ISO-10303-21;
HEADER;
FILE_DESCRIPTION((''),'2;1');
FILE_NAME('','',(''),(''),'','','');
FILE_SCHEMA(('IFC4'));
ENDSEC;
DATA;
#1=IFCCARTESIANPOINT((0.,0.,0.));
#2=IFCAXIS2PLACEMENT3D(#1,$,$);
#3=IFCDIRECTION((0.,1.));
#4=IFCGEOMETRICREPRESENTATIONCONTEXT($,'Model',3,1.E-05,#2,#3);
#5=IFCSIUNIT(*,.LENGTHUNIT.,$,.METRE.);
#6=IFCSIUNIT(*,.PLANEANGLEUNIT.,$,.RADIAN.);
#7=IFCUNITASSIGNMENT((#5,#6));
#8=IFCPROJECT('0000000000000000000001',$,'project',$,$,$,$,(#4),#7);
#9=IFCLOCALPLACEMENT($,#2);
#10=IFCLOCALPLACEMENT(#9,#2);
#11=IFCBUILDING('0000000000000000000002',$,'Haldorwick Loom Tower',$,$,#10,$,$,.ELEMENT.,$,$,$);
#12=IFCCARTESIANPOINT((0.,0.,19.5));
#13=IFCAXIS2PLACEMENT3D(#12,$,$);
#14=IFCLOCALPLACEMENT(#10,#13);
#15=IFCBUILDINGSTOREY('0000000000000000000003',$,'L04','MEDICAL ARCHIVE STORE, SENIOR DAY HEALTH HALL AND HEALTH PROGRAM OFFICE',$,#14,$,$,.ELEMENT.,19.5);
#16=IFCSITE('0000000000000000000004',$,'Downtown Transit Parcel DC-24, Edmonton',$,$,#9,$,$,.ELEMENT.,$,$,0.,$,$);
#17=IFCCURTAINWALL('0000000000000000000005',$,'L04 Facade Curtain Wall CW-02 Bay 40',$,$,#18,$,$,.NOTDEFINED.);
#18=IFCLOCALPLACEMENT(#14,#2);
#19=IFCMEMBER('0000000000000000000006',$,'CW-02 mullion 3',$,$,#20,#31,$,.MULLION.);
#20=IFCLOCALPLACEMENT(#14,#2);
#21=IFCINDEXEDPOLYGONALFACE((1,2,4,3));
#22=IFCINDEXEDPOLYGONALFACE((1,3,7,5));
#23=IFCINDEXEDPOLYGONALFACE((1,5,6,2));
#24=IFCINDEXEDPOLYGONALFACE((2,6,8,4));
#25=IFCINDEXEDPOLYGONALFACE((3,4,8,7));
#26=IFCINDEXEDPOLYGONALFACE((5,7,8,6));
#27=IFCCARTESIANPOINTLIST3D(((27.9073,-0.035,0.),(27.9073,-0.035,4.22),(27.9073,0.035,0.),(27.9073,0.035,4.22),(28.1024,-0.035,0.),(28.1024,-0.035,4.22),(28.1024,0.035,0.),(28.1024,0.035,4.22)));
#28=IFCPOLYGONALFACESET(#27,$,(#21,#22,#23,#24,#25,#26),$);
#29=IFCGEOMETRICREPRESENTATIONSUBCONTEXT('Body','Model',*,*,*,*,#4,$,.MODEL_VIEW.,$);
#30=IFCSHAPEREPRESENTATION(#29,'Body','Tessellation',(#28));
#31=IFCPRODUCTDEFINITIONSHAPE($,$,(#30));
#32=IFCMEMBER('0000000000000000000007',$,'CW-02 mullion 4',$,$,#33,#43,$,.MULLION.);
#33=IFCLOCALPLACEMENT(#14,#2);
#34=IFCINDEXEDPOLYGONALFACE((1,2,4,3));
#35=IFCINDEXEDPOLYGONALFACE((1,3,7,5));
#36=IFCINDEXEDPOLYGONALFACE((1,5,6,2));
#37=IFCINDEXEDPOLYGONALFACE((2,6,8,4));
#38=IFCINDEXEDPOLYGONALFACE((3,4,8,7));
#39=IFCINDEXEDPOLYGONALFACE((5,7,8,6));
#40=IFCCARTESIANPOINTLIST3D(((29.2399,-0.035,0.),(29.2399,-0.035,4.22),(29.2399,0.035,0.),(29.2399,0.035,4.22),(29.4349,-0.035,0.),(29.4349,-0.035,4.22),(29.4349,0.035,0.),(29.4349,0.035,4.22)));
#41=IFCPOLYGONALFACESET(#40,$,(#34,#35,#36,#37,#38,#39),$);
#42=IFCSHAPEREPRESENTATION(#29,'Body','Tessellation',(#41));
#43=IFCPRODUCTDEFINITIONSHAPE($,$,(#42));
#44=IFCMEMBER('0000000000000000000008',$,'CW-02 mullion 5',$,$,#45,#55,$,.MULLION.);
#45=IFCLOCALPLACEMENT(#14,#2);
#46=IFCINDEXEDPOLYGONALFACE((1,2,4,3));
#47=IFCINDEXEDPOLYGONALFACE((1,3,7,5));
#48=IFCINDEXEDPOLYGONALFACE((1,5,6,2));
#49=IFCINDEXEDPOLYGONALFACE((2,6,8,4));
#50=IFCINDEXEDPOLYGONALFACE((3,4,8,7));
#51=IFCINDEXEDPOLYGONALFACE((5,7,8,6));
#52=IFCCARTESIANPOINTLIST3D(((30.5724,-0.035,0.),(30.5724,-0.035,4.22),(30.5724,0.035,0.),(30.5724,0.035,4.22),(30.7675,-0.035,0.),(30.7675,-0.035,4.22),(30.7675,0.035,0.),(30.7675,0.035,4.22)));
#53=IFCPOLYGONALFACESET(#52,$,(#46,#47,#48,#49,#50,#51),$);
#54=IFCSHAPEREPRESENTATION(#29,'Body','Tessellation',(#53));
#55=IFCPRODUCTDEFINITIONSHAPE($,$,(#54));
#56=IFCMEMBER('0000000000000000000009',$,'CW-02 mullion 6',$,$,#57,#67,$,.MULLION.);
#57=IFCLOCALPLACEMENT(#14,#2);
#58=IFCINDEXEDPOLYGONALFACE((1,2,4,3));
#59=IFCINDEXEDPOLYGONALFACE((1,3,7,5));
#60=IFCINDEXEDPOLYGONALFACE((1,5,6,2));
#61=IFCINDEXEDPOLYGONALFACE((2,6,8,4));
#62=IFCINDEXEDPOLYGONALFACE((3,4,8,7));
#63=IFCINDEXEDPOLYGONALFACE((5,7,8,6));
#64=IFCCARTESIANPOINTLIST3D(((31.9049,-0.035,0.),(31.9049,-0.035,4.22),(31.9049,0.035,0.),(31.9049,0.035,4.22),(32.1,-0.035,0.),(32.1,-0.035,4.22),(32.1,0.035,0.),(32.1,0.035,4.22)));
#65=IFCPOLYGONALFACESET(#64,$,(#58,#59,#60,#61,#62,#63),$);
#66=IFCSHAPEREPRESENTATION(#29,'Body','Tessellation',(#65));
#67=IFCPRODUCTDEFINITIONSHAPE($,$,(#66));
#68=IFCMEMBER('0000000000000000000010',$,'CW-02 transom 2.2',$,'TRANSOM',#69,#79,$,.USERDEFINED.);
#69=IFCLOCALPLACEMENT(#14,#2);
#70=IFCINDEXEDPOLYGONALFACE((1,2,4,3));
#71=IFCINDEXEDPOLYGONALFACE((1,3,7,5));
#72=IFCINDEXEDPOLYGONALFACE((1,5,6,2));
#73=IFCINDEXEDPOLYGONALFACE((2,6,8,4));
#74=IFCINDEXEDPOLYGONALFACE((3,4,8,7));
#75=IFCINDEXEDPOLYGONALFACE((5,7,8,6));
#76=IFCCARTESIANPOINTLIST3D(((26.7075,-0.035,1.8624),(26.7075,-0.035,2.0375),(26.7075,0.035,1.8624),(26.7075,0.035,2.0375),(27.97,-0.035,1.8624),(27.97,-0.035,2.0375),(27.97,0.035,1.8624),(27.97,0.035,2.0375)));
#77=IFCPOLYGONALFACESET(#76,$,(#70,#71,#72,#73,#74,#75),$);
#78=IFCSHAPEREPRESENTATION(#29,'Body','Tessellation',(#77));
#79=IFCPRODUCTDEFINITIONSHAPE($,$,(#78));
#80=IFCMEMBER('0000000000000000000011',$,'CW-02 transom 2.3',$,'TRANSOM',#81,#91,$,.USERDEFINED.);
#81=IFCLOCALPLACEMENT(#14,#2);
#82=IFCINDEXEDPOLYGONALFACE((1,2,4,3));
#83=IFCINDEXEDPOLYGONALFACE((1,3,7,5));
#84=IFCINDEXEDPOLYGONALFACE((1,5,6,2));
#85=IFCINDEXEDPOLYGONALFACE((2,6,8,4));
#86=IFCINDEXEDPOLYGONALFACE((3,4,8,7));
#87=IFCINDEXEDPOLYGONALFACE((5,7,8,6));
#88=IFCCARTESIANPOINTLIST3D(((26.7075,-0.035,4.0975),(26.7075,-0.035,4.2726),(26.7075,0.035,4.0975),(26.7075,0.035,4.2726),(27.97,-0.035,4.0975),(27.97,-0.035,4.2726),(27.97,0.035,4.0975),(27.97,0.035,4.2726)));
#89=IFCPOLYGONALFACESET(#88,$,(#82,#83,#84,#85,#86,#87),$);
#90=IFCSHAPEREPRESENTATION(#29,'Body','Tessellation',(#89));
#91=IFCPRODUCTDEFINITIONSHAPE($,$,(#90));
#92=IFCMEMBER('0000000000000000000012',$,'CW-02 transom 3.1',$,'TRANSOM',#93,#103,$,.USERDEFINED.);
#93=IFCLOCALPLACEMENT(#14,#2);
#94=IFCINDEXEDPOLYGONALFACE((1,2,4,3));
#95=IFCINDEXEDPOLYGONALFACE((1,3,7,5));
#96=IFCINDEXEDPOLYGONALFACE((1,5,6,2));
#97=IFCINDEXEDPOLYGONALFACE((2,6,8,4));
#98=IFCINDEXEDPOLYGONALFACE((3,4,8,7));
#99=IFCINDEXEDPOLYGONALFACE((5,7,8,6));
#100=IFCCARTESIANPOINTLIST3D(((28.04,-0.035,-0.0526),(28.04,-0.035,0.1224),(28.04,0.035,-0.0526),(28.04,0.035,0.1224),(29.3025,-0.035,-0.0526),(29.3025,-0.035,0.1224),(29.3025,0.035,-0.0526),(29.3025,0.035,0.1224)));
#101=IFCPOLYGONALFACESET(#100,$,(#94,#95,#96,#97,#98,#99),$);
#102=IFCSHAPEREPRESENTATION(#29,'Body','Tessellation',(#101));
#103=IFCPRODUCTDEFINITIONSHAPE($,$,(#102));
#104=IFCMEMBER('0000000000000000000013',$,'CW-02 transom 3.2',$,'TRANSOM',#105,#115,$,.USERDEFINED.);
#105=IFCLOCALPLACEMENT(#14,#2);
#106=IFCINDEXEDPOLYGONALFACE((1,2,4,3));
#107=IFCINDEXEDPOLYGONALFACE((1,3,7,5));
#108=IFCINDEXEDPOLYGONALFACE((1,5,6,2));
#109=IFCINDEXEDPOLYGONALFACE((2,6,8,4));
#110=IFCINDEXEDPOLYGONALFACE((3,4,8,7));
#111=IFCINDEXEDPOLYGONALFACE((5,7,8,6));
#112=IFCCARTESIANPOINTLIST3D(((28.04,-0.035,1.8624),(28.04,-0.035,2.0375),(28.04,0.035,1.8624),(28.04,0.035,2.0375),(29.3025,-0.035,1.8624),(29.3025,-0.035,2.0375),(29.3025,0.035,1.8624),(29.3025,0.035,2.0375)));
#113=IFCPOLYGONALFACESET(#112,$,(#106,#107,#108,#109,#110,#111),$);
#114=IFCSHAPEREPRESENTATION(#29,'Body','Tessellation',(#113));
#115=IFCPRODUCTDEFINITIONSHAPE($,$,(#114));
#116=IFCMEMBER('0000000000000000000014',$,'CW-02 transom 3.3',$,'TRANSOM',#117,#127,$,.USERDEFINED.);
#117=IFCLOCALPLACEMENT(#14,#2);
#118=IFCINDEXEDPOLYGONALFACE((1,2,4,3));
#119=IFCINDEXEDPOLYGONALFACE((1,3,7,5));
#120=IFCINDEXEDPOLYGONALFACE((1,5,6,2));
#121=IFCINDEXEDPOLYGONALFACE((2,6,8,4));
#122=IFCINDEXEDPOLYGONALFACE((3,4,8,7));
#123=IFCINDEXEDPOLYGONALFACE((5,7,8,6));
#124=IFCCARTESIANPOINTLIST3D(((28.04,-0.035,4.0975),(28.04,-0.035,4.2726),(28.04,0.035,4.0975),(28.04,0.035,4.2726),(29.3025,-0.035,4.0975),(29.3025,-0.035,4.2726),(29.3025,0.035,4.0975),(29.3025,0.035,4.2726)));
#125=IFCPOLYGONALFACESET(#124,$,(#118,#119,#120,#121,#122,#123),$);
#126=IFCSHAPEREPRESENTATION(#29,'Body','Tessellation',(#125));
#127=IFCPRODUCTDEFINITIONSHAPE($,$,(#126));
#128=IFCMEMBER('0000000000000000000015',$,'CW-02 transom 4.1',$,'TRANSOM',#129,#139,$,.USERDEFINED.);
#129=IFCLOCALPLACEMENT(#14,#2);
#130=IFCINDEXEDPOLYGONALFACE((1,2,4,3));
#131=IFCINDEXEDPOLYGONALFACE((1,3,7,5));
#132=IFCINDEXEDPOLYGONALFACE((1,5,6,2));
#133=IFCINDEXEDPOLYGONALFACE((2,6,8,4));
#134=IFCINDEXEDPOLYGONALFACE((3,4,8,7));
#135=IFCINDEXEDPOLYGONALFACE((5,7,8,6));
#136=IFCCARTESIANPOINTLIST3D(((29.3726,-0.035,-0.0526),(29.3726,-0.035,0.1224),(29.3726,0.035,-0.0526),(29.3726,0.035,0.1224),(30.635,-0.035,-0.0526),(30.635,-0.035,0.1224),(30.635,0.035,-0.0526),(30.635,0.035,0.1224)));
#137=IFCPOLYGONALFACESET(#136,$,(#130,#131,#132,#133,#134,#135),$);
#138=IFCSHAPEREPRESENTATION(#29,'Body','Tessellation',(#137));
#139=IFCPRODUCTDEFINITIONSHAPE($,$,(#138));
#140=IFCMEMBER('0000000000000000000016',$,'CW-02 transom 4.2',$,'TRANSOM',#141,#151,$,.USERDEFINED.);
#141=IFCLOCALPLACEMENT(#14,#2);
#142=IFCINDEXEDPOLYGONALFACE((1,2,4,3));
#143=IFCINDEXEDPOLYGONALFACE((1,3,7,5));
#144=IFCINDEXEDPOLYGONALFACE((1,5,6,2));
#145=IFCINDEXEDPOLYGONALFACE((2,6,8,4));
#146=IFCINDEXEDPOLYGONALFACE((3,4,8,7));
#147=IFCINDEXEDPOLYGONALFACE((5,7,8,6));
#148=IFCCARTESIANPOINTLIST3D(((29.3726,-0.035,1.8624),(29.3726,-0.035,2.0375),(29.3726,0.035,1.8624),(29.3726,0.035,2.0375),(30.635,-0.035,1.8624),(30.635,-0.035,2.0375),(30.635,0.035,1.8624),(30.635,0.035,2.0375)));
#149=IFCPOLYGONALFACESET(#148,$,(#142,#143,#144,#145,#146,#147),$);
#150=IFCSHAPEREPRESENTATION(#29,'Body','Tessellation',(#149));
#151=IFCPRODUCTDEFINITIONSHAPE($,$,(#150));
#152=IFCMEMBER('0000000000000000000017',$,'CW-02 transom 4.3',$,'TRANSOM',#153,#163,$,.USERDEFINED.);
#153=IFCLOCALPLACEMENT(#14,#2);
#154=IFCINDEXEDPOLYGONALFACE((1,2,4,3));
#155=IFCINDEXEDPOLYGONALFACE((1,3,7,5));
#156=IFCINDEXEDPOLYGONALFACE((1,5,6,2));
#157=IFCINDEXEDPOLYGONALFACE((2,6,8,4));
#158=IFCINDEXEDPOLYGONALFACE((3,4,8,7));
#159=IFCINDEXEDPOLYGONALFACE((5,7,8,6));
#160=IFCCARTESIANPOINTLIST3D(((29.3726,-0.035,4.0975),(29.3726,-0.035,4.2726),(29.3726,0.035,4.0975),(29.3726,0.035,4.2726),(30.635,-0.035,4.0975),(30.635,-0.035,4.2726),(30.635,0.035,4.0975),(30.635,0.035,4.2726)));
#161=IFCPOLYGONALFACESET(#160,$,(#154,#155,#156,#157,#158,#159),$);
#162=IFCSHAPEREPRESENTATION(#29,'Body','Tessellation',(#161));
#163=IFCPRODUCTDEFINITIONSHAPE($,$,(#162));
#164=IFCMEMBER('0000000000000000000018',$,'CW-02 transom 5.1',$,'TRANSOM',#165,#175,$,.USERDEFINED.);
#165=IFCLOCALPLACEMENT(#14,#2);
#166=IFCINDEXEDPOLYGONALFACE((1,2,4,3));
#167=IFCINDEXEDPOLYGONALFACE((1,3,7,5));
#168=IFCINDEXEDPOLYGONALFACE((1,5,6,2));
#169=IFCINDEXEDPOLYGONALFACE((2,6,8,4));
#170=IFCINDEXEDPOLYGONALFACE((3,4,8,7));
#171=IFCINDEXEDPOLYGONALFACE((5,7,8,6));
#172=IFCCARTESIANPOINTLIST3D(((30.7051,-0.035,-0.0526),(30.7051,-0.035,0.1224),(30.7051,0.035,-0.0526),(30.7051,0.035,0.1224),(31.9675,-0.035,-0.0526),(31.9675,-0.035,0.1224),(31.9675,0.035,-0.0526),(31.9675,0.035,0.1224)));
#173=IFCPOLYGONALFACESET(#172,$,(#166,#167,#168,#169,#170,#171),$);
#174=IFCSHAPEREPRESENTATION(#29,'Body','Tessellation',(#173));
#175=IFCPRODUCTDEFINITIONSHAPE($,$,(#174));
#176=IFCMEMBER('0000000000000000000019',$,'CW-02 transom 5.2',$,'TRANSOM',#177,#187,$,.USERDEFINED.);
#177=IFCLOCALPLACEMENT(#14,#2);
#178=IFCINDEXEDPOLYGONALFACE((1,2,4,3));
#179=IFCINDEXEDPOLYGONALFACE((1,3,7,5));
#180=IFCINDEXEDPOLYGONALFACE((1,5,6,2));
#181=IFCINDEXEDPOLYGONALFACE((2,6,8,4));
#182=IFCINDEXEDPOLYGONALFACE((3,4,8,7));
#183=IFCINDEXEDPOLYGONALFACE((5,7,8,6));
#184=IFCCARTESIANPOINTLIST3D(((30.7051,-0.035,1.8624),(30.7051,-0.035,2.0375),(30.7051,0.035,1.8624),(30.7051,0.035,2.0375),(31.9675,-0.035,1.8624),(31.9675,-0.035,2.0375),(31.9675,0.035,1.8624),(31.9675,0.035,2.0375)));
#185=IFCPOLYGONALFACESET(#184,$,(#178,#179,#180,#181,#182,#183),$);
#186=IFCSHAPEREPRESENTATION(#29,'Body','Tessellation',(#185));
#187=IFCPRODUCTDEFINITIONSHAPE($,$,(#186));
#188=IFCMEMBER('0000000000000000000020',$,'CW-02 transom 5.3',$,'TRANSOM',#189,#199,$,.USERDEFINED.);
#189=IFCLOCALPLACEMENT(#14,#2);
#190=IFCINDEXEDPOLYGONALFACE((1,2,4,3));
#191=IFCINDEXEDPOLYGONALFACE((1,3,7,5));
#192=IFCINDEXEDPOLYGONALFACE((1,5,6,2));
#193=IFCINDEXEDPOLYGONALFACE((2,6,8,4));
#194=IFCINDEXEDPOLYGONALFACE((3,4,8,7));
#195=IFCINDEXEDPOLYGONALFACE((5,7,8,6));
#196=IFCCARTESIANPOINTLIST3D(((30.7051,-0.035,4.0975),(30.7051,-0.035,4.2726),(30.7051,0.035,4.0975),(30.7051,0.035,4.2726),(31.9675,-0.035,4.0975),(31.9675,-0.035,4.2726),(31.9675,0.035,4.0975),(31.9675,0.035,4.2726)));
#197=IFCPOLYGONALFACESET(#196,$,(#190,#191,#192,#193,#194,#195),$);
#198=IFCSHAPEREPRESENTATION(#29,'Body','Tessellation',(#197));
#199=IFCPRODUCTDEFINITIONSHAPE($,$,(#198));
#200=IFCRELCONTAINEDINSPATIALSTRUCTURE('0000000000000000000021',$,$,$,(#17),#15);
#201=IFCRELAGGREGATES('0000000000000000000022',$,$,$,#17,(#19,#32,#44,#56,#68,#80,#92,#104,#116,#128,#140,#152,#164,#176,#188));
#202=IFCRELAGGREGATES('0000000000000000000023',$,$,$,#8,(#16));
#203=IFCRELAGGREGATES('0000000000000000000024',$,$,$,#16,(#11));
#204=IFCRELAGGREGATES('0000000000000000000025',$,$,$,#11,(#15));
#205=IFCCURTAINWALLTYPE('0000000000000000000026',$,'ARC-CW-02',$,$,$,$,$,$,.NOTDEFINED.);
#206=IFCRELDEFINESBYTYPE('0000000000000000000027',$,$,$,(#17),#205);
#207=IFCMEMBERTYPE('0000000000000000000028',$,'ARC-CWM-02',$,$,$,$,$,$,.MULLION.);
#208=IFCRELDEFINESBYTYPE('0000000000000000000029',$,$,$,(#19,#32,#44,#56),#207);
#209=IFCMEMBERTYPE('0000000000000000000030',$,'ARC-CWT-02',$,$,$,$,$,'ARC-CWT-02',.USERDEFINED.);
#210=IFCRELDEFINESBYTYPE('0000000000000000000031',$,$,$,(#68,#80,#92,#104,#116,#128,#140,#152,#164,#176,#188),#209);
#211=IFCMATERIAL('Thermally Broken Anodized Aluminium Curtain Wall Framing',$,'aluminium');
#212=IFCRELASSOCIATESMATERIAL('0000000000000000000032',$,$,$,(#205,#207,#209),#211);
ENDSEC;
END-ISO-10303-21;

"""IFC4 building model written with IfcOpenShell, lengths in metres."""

from ifc_helpers import new_model, si_unit, direction, frame, origin, origin_2d, place, context, subcontext, project, spatial, rectangle, extrude, material, material_profile, profile_set, type_object, element, aggregate, save


model = new_model("IFC4")

# Units and contexts
model_context = context("Model", 3, precision=1e-05, world=origin(), true_north=direction((0.0, 1.0)))
body_context = subcontext(model_context, "Body", "Model", "MODEL_VIEW")
ifc_project = project(units=[si_unit("LENGTHUNIT", "METRE"), si_unit("PLANEANGLEUNIT", "RADIAN")], contexts=[model_context])

# Site, building, storey
site_placement = place(None, origin())
site = spatial("IfcSite", under=ifc_project, at=site_placement, Name="Downtown Transit Parcel DC-24, Edmonton", CompositionType="ELEMENT", RefElevation=0.0)
building_placement = place(site_placement, origin())
building = spatial("IfcBuilding", under=site, at=building_placement, Name="Haldorwick Loom Tower", CompositionType="ELEMENT")
storey_placement = place(building_placement, frame((0.0, 0.0, 19.5)))
storey = spatial("IfcBuildingStorey", under=building, at=storey_placement, Name="L04", Description="MEDICAL ARCHIVE STORE, SENIOR DAY HEALTH HALL AND HEALTH PROGRAM OFFICE", CompositionType="ELEMENT", Elevation=19.5)

# Curtain wall, members
ifc_material_1 = material(Name="Thermally Broken Anodized Aluminium Curtain Wall Framing", Category="aluminium")
curtain_wall_type = type_object("IfcCurtainWallType", Name="ARC-CW-02", PredefinedType="NOTDEFINED", material=ifc_material_1)
curtain_wall_placement = place(storey_placement, origin())
curtain_wall = element("IfcCurtainWall", 1, at=curtain_wall_placement, inside=storey, type_object=curtain_wall_type, Name="L04 Facade Curtain Wall CW-02 Bay 40", PredefinedType="NOTDEFINED")
ifc_material_profile_1 = material_profile(ifc_material_1, rectangle(XDim=0.0701, YDim=0.1951, at=origin_2d()), Name="ALU_MUL_70X195", Category="aluminium")
ifc_profile_set_1 = profile_set([ifc_material_profile_1], Name="Thermally Broken Anodized Aluminium Curtain Wall Framing")
member_type_1 = type_object("IfcMemberType", Name="ARC-CWM-02", PredefinedType="MULLION", material=ifc_profile_set_1)
member_1_placement = place(storey_placement, frame((28.0049, 0.0, 0.0), z_axis=(0.0, 0.0, 1.0), x_axis=(0.0, 1.0, 0.0)))
member_1 = element("IfcMember", 2, at=member_1_placement, type_object=member_type_1, Name="CW-02 mullion 3", PredefinedType="MULLION", context=body_context, shape_type="SweptSolid", body=[
    extrude(rectangle(XDim=0.0701, YDim=0.1951, at=origin_2d()), origin(), (0.0, 0.0, 1.0), 4.22),
])
member_2_placement = place(storey_placement, frame((29.3374, 0.0, 0.0), z_axis=(0.0, 0.0, 1.0), x_axis=(0.0, 1.0, 0.0)))
member_2 = element("IfcMember", 3, at=member_2_placement, type_object=member_type_1, Name="CW-02 mullion 4", PredefinedType="MULLION", context=body_context, shape_type="SweptSolid", body=[
    extrude(rectangle(XDim=0.0701, YDim=0.1951, at=origin_2d()), origin(), (0.0, 0.0, 1.0), 4.22),
])
member_3_placement = place(storey_placement, frame((30.6699, 0.0, 0.0), z_axis=(0.0, 0.0, 1.0), x_axis=(0.0, 1.0, 0.0)))
member_3 = element("IfcMember", 4, at=member_3_placement, type_object=member_type_1, Name="CW-02 mullion 5", PredefinedType="MULLION", context=body_context, shape_type="SweptSolid", body=[
    extrude(rectangle(XDim=0.0701, YDim=0.1951, at=origin_2d()), origin(), (0.0, 0.0, 1.0), 4.22),
])
member_4_placement = place(storey_placement, frame((32.0024, 0.0, 0.0), z_axis=(0.0, 0.0, 1.0), x_axis=(0.0, 1.0, 0.0)))
member_4 = element("IfcMember", 5, at=member_4_placement, type_object=member_type_1, Name="CW-02 mullion 6", PredefinedType="MULLION", context=body_context, shape_type="SweptSolid", body=[
    extrude(rectangle(XDim=0.0701, YDim=0.1951, at=origin_2d()), origin(), (0.0, 0.0, 1.0), 4.22),
])
ifc_material_profile_2 = material_profile(ifc_material_1, rectangle(XDim=0.0701, YDim=0.175, at=origin_2d()), Name="ALU_TRN_70X175", Category="aluminium")
ifc_profile_set_2 = profile_set([ifc_material_profile_2], Name="Thermally Broken Anodized Aluminium Curtain Wall Framing")
member_type_2 = type_object("IfcMemberType", Name="ARC-CWT-02", ElementType="ARC-CWT-02", PredefinedType="USERDEFINED", material=ifc_profile_set_2)
member_5_placement = place(storey_placement, frame((26.7075, 0.0, 1.95), z_axis=(1.0, 0.0, 0.0), x_axis=(0.0, 1.0, 0.0)))
member_5 = element("IfcMember", 6, at=member_5_placement, type_object=member_type_2, Name="CW-02 transom 2.2", ObjectType="TRANSOM", PredefinedType="USERDEFINED", context=body_context, shape_type="SweptSolid", body=[
    extrude(rectangle(XDim=0.0701, YDim=0.175, at=origin_2d()), origin(), (0.0, 0.0, 1.0), 1.2625),
])
member_6_placement = place(storey_placement, frame((26.7075, 0.0, 4.1851), z_axis=(1.0, 0.0, 0.0), x_axis=(0.0, 1.0, 0.0)))
member_6 = element("IfcMember", 7, at=member_6_placement, type_object=member_type_2, Name="CW-02 transom 2.3", ObjectType="TRANSOM", PredefinedType="USERDEFINED", context=body_context, shape_type="SweptSolid", body=[
    extrude(rectangle(XDim=0.0701, YDim=0.175, at=origin_2d()), origin(), (0.0, 0.0, 1.0), 1.2625),
])
member_7_placement = place(storey_placement, frame((28.04, 0.0, 0.0349), z_axis=(1.0, 0.0, 0.0), x_axis=(0.0, 1.0, 0.0)))
member_7 = element("IfcMember", 8, at=member_7_placement, type_object=member_type_2, Name="CW-02 transom 3.1", ObjectType="TRANSOM", PredefinedType="USERDEFINED", context=body_context, shape_type="SweptSolid", body=[
    extrude(rectangle(XDim=0.0701, YDim=0.175, at=origin_2d()), origin(), (0.0, 0.0, 1.0), 1.2625),
])
member_8_placement = place(storey_placement, frame((28.04, 0.0, 1.95), z_axis=(1.0, 0.0, 0.0), x_axis=(0.0, 1.0, 0.0)))
member_8 = element("IfcMember", 9, at=member_8_placement, type_object=member_type_2, Name="CW-02 transom 3.2", ObjectType="TRANSOM", PredefinedType="USERDEFINED", context=body_context, shape_type="SweptSolid", body=[
    extrude(rectangle(XDim=0.0701, YDim=0.175, at=origin_2d()), origin(), (0.0, 0.0, 1.0), 1.2625),
])
member_9_placement = place(storey_placement, frame((28.04, 0.0, 4.1851), z_axis=(1.0, 0.0, 0.0), x_axis=(0.0, 1.0, 0.0)))
member_9 = element("IfcMember", 10, at=member_9_placement, type_object=member_type_2, Name="CW-02 transom 3.3", ObjectType="TRANSOM", PredefinedType="USERDEFINED", context=body_context, shape_type="SweptSolid", body=[
    extrude(rectangle(XDim=0.0701, YDim=0.175, at=origin_2d()), origin(), (0.0, 0.0, 1.0), 1.2625),
])
member_10_placement = place(storey_placement, frame((29.3726, 0.0, 0.0349), z_axis=(1.0, 0.0, 0.0), x_axis=(0.0, 1.0, 0.0)))
member_10 = element("IfcMember", 11, at=member_10_placement, type_object=member_type_2, Name="CW-02 transom 4.1", ObjectType="TRANSOM", PredefinedType="USERDEFINED", context=body_context, shape_type="SweptSolid", body=[
    extrude(rectangle(XDim=0.0701, YDim=0.175, at=origin_2d()), origin(), (0.0, 0.0, 1.0), 1.2625),
])
member_11_placement = place(storey_placement, frame((29.3726, 0.0, 1.95), z_axis=(1.0, 0.0, 0.0), x_axis=(0.0, 1.0, 0.0)))
member_11 = element("IfcMember", 12, at=member_11_placement, type_object=member_type_2, Name="CW-02 transom 4.2", ObjectType="TRANSOM", PredefinedType="USERDEFINED", context=body_context, shape_type="SweptSolid", body=[
    extrude(rectangle(XDim=0.0701, YDim=0.175, at=origin_2d()), origin(), (0.0, 0.0, 1.0), 1.2625),
])
member_12_placement = place(storey_placement, frame((29.3726, 0.0, 4.1851), z_axis=(1.0, 0.0, 0.0), x_axis=(0.0, 1.0, 0.0)))
member_12 = element("IfcMember", 13, at=member_12_placement, type_object=member_type_2, Name="CW-02 transom 4.3", ObjectType="TRANSOM", PredefinedType="USERDEFINED", context=body_context, shape_type="SweptSolid", body=[
    extrude(rectangle(XDim=0.0701, YDim=0.175, at=origin_2d()), origin(), (0.0, 0.0, 1.0), 1.2625),
])
member_13_placement = place(storey_placement, frame((30.7051, 0.0, 0.0349), z_axis=(1.0, 0.0, 0.0), x_axis=(0.0, 1.0, 0.0)))
member_13 = element("IfcMember", 14, at=member_13_placement, type_object=member_type_2, Name="CW-02 transom 5.1", ObjectType="TRANSOM", PredefinedType="USERDEFINED", context=body_context, shape_type="SweptSolid", body=[
    extrude(rectangle(XDim=0.0701, YDim=0.175, at=origin_2d()), origin(), (0.0, 0.0, 1.0), 1.2625),
])
member_14_placement = place(storey_placement, frame((30.7051, 0.0, 1.95), z_axis=(1.0, 0.0, 0.0), x_axis=(0.0, 1.0, 0.0)))
member_14 = element("IfcMember", 15, at=member_14_placement, type_object=member_type_2, Name="CW-02 transom 5.2", ObjectType="TRANSOM", PredefinedType="USERDEFINED", context=body_context, shape_type="SweptSolid", body=[
    extrude(rectangle(XDim=0.0701, YDim=0.175, at=origin_2d()), origin(), (0.0, 0.0, 1.0), 1.2625),
])
member_15_placement = place(storey_placement, frame((30.7051, 0.0, 4.1851), z_axis=(1.0, 0.0, 0.0), x_axis=(0.0, 1.0, 0.0)))
member_15 = element("IfcMember", 16, at=member_15_placement, type_object=member_type_2, Name="CW-02 transom 5.3", ObjectType="TRANSOM", PredefinedType="USERDEFINED", context=body_context, shape_type="SweptSolid", body=[
    extrude(rectangle(XDim=0.0701, YDim=0.175, at=origin_2d()), origin(), (0.0, 0.0, 1.0), 1.2625),
])
aggregate(curtain_wall, [member_1, member_2, member_3, member_4, member_5, member_6, member_7, member_8, member_9, member_10, member_11, member_12, member_13, member_14, member_15])

save(model, "model.ifc")
